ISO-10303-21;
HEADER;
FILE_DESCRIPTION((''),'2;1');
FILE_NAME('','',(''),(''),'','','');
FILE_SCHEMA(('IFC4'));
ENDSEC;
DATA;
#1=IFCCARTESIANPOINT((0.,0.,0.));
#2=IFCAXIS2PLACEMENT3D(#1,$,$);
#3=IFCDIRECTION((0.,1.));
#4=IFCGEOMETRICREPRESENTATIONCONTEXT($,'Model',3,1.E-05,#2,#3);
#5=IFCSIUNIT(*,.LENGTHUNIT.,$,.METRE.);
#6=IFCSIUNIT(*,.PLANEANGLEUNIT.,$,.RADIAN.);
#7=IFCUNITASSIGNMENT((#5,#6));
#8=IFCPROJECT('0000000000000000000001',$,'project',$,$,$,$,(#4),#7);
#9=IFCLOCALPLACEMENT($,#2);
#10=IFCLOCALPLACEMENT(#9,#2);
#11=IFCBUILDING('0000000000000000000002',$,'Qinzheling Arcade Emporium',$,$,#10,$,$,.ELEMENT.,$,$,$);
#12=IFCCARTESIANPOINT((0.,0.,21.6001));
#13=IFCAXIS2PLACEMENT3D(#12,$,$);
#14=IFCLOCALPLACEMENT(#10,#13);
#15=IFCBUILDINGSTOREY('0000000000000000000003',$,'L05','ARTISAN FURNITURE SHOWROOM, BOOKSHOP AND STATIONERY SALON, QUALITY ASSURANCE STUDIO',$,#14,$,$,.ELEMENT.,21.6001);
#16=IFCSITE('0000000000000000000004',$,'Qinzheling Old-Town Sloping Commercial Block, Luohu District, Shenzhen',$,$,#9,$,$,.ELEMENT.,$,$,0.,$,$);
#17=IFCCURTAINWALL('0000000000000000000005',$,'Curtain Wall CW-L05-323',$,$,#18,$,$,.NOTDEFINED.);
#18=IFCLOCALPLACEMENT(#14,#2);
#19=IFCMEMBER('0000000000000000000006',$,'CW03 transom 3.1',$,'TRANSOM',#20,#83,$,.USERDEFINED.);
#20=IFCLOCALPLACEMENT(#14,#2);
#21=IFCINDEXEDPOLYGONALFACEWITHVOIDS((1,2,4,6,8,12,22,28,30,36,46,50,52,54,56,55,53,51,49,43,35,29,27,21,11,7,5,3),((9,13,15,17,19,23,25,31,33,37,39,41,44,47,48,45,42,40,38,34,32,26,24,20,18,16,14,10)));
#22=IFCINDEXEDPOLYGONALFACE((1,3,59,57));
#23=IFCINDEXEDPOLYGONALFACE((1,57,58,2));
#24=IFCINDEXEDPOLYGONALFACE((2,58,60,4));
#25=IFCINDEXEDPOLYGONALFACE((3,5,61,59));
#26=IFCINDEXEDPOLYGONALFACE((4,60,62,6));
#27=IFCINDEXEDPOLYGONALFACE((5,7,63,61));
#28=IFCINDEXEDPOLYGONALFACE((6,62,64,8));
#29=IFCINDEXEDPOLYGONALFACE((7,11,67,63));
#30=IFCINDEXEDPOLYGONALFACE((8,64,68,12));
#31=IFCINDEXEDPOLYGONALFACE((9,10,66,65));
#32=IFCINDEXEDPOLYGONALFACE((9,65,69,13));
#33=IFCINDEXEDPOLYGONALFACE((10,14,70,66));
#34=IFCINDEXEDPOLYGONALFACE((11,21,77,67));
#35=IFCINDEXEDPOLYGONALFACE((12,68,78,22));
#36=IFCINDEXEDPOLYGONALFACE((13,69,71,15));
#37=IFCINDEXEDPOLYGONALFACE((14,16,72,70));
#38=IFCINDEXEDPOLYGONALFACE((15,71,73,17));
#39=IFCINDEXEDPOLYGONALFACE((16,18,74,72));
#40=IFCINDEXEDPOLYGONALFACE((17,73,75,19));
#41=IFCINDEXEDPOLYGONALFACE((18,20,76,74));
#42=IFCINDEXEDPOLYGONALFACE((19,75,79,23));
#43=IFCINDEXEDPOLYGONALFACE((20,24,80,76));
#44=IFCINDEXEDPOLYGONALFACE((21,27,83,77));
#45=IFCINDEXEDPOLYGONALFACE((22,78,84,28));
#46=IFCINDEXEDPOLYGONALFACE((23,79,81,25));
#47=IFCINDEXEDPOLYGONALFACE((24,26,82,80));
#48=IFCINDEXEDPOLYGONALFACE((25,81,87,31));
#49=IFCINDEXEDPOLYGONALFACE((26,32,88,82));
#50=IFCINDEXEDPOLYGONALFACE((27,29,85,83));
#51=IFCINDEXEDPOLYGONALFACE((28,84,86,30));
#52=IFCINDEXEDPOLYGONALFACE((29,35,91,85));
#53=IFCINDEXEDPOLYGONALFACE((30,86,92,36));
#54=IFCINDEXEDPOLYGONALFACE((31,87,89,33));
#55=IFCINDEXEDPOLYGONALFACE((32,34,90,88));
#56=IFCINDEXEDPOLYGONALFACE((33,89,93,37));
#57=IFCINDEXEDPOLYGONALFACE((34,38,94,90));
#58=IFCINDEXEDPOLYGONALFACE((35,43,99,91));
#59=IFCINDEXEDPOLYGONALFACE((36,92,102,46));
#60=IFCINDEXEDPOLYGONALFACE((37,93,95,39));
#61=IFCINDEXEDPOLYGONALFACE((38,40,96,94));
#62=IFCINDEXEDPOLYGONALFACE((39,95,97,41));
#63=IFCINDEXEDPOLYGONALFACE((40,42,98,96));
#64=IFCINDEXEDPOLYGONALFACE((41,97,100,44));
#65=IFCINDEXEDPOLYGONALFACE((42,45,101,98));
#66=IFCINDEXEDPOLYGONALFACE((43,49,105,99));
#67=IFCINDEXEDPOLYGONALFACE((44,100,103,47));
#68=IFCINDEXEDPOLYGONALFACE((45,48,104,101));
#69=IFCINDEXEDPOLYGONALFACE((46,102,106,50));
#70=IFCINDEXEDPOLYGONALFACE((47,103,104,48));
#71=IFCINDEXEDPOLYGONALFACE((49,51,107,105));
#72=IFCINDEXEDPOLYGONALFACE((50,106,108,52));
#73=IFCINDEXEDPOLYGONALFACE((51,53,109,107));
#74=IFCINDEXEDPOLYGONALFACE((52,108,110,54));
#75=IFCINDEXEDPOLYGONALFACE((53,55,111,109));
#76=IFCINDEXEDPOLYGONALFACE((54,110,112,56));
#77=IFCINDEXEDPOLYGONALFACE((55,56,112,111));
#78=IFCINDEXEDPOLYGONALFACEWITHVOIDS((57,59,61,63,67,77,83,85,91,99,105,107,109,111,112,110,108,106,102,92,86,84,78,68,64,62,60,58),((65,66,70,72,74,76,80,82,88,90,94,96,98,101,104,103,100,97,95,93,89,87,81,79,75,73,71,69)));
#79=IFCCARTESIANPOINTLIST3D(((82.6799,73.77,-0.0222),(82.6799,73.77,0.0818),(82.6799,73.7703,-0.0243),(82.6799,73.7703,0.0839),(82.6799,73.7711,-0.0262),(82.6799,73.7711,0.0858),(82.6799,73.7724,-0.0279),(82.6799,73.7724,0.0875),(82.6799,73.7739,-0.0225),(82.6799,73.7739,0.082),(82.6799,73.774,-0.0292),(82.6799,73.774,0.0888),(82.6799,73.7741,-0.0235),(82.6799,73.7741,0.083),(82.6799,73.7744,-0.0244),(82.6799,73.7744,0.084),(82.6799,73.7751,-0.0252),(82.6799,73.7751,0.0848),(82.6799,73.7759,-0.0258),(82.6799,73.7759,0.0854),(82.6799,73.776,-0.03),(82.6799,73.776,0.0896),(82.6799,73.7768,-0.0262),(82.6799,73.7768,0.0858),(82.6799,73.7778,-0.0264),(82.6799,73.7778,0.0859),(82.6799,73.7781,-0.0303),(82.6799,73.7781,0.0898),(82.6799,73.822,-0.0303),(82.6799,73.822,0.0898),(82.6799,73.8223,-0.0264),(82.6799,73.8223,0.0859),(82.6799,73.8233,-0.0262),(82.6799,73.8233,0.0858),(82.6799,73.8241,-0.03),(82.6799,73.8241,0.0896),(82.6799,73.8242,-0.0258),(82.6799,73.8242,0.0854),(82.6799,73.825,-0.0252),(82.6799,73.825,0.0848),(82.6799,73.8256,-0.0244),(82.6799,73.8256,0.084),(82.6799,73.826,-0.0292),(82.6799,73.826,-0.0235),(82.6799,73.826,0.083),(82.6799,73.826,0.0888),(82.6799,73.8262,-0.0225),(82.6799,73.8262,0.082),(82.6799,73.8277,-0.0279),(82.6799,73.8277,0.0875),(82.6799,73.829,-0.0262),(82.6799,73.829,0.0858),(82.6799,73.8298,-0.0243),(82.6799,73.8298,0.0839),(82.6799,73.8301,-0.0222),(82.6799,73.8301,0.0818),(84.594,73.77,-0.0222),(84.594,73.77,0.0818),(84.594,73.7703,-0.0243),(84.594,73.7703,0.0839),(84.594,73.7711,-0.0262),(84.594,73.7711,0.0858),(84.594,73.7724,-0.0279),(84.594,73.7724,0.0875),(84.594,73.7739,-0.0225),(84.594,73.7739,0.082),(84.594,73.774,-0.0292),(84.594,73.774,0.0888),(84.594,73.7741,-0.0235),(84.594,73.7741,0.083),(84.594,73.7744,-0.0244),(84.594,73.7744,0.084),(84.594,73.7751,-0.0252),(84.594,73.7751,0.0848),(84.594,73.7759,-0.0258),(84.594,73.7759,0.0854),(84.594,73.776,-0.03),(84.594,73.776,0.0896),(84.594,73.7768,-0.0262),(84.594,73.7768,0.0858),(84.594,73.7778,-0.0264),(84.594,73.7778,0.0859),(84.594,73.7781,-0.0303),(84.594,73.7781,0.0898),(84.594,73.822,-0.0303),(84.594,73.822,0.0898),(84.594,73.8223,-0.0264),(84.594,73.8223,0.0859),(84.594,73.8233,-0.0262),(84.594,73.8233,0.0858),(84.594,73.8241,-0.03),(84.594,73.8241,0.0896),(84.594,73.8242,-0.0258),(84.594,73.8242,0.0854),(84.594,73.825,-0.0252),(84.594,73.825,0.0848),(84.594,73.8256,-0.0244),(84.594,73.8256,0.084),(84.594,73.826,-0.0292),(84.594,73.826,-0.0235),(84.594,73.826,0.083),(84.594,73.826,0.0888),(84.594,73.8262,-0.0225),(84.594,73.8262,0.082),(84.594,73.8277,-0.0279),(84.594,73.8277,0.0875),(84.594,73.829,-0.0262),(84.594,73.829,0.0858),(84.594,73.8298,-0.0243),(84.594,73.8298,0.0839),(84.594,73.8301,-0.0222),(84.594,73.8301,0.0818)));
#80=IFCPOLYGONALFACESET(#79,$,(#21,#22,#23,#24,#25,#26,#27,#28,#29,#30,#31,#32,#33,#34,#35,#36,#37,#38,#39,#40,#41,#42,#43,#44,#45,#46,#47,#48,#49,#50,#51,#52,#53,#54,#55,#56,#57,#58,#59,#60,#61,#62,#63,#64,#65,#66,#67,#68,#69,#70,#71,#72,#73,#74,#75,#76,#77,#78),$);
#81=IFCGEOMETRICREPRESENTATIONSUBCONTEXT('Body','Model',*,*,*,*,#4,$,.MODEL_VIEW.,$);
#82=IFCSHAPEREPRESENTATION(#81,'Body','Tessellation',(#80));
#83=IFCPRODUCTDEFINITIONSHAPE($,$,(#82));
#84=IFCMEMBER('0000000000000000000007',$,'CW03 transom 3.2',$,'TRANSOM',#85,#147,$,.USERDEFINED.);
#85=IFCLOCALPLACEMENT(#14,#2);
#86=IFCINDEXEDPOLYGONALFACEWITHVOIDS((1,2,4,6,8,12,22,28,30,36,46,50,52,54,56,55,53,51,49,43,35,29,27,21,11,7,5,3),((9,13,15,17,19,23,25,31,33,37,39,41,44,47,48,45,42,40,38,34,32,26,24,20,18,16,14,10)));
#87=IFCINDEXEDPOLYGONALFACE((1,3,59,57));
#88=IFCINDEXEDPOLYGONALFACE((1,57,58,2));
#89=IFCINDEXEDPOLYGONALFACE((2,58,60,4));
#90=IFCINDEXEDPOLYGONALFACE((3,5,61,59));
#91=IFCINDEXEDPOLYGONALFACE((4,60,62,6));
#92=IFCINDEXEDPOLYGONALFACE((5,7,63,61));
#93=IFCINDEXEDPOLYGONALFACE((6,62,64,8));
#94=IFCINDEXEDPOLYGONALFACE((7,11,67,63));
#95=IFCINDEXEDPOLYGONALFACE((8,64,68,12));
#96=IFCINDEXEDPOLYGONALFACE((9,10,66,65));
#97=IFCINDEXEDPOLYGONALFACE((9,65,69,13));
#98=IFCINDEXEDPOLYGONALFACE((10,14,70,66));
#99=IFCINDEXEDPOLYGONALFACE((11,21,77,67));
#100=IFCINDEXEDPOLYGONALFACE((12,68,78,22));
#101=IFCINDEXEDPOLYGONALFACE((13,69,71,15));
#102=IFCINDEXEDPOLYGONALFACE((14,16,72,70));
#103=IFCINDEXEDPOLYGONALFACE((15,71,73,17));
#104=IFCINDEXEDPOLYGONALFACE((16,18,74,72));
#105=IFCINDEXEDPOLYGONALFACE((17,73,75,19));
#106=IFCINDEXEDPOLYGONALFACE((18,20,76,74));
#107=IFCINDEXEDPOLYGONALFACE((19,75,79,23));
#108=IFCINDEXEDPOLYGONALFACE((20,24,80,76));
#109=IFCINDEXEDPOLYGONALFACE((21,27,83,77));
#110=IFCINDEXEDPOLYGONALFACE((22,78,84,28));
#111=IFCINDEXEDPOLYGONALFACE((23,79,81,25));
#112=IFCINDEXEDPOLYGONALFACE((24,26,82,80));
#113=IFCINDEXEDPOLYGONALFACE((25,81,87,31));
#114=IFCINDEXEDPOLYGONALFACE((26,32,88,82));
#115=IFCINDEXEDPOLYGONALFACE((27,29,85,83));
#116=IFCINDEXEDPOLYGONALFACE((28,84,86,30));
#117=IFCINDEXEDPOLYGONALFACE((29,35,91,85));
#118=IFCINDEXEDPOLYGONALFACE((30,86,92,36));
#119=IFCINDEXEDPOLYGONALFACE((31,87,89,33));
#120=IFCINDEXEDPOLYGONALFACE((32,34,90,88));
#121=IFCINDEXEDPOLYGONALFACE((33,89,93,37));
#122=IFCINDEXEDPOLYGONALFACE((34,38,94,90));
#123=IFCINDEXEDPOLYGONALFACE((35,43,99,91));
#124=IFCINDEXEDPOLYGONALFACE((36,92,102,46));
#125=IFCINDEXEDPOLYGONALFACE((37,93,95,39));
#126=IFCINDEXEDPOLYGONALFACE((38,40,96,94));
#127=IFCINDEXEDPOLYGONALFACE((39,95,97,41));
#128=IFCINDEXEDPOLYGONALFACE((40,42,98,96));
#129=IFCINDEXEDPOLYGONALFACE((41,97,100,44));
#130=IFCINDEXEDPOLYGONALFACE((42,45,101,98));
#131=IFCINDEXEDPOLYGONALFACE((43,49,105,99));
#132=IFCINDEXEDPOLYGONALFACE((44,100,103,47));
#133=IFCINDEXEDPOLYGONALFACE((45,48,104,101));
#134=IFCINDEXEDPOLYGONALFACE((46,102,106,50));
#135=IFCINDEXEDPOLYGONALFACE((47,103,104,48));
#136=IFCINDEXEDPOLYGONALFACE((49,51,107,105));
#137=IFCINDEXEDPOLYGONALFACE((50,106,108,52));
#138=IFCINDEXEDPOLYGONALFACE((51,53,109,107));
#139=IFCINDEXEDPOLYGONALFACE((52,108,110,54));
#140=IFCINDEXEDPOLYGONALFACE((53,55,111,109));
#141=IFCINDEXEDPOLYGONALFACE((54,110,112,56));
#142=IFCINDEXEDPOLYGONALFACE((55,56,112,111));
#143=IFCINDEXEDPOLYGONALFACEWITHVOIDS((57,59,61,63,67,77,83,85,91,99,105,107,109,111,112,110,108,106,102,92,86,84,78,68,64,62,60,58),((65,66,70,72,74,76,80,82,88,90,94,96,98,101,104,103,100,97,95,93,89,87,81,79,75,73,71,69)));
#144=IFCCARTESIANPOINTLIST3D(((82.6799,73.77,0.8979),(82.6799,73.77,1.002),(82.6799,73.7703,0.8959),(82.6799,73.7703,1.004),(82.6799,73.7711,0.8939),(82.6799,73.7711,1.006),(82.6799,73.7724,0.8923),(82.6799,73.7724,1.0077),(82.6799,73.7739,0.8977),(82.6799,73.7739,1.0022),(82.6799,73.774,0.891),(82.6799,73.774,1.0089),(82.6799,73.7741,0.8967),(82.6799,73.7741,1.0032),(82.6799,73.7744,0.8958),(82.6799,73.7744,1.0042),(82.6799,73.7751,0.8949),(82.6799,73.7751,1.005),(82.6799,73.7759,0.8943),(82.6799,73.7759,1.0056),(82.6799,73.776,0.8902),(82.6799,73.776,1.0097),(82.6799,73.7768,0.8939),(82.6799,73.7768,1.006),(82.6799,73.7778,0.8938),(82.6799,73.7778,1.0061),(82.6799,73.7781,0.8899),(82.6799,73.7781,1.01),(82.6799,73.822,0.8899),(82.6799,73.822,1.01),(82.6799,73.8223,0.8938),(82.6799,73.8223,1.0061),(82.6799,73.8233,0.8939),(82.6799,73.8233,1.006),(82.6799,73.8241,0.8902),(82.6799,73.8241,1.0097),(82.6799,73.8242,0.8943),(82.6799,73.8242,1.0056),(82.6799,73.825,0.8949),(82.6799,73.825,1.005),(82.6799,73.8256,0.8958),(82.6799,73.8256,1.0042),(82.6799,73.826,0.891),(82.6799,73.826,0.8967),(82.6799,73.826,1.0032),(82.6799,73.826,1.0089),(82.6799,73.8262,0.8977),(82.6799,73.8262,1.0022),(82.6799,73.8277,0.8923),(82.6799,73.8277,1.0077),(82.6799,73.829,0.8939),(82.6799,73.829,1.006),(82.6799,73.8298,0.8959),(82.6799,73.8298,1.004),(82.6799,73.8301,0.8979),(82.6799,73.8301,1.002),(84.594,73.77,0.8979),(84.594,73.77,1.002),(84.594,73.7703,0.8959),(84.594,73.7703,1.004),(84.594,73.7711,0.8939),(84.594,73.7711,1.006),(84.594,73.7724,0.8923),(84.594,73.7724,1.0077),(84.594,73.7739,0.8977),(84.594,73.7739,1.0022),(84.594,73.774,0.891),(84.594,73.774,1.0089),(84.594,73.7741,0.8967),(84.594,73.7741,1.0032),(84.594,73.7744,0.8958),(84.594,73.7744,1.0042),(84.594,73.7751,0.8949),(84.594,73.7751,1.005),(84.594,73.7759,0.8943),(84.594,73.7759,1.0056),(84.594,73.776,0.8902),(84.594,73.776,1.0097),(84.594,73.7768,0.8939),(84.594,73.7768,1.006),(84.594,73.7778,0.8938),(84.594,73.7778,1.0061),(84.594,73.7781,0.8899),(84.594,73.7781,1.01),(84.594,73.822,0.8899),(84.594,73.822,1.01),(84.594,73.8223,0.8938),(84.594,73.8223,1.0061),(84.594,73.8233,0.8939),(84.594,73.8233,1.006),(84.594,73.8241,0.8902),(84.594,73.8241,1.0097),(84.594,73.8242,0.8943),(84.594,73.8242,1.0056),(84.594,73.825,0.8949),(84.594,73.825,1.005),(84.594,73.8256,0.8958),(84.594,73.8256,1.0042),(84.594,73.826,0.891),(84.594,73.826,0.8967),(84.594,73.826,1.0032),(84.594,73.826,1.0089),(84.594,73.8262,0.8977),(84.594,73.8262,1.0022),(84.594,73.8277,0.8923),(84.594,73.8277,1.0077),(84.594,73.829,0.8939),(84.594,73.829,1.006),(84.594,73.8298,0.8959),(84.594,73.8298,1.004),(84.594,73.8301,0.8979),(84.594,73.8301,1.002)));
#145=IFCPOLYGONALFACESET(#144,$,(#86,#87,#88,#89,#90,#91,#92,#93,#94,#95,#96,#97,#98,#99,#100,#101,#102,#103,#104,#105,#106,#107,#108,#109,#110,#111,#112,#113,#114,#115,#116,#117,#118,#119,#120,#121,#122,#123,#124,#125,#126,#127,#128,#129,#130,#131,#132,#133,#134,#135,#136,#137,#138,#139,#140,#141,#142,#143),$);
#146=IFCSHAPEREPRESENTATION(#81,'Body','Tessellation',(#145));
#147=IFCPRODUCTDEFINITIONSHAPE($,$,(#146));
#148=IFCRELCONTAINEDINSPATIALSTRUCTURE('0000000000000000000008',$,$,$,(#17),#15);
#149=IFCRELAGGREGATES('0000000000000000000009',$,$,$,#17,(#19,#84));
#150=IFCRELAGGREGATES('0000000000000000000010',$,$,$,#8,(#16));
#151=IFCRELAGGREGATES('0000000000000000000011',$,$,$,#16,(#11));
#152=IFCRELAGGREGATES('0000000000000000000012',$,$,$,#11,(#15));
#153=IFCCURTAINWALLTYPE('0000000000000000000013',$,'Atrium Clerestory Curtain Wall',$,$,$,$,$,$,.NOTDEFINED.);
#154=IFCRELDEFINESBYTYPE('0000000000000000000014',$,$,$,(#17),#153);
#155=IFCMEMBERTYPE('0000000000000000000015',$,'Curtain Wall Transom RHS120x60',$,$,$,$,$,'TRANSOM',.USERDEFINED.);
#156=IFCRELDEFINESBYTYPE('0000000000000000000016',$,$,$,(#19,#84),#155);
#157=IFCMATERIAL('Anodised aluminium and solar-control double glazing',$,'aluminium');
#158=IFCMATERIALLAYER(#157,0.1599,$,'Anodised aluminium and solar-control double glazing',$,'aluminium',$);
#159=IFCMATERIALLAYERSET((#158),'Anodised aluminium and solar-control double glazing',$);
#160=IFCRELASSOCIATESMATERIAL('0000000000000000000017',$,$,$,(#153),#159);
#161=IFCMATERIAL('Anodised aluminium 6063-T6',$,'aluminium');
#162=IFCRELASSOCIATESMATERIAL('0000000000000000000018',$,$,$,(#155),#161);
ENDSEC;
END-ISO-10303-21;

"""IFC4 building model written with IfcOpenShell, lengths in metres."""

from ifc_helpers import new_model, si_unit, direction, frame, origin, origin_2d, place, context, subcontext, project, spatial, hollow_rectangle, extrude, material, layer, layer_set, material_profile, profile_set, type_object, element, aggregate, save


model = new_model("IFC4")

# Units and contexts
model_context = context("Model", 3, precision=1e-05, world=origin(), true_north=direction((0.0, 1.0)))
body_context = subcontext(model_context, "Body", "Model", "MODEL_VIEW")
ifc_project = project(units=[si_unit("LENGTHUNIT", "METRE"), si_unit("PLANEANGLEUNIT", "RADIAN")], contexts=[model_context])

# Site, building, storey
site_placement = place(None, origin())
site = spatial("IfcSite", under=ifc_project, at=site_placement, Name="Qinzheling Old-Town Sloping Commercial Block, Luohu District, Shenzhen", CompositionType="ELEMENT", RefElevation=0.0)
building_placement = place(site_placement, origin())
building = spatial("IfcBuilding", under=site, at=building_placement, Name="Qinzheling Arcade Emporium", CompositionType="ELEMENT")
storey_placement = place(building_placement, frame((0.0, 0.0, 21.6001)))
storey = spatial("IfcBuildingStorey", under=building, at=storey_placement, Name="L05", Description="ARTISAN FURNITURE SHOWROOM, BOOKSHOP AND STATIONERY SALON, QUALITY ASSURANCE STUDIO", CompositionType="ELEMENT", Elevation=21.6001)

# Curtain wall
ifc_material_1 = material(Name="Anodised aluminium and solar-control double glazing", Category="aluminium")
ifc_layer_1 = layer(ifc_material_1, 0.1599, Name="Anodised aluminium and solar-control double glazing", Category="aluminium")
ifc_layer_set_1 = layer_set([ifc_layer_1], Name="Anodised aluminium and solar-control double glazing")
curtain_wall_type = type_object("IfcCurtainWallType", Name="Atrium Clerestory Curtain Wall", PredefinedType="NOTDEFINED", material=ifc_layer_set_1)
curtain_wall_1_placement = place(storey_placement, origin())
curtain_wall_1 = element("IfcCurtainWall", 1, at=curtain_wall_1_placement, inside=storey, type_object=curtain_wall_type, Name="Curtain Wall CW-L05-323", PredefinedType="NOTDEFINED")
ifc_material_2 = material(Name="Anodised aluminium 6063-T6", Category="aluminium")

# Members
ifc_material_profile_1 = material_profile(ifc_material_2, hollow_rectangle(XDim=0.0601, YDim=0.1201, WallThickness=0.0039, InnerFilletRadius=0.0039, OuterFilletRadius=0.0081, at=origin_2d()), Name="RHS 120x60x4", Category="aluminium")
ifc_profile_set_1 = profile_set([ifc_material_profile_1], Name="Anodised aluminium 6063-T6")
member_type_1 = type_object("IfcMemberType", Name="Curtain Wall Transom RHS120x60", ElementType="TRANSOM", PredefinedType="USERDEFINED", material=ifc_profile_set_1)
member_1_placement = place(storey_placement, frame((82.6799, 73.8, 0.0298), z_axis=(1.0, 0.0, 0.0), x_axis=(0.0, 1.0, 0.0)))
member_1 = element("IfcMember", 2, at=member_1_placement, type_object=member_type_1, Name="CW03 transom 3.1", ObjectType="TRANSOM", PredefinedType="USERDEFINED", context=body_context, shape_type="SweptSolid", body=[
    extrude(hollow_rectangle(XDim=0.0601, YDim=0.1201, WallThickness=0.0039, InnerFilletRadius=0.0039, OuterFilletRadius=0.0081, at=origin_2d()), origin(), (0.0, 0.0, 1.0), 1.9141),
])
member_2_placement = place(storey_placement, frame((82.6799, 73.8, 0.95), z_axis=(1.0, 0.0, 0.0), x_axis=(0.0, 1.0, 0.0)))
member_2 = element("IfcMember", 3, at=member_2_placement, type_object=member_type_1, Name="CW03 transom 3.2", ObjectType="TRANSOM", PredefinedType="USERDEFINED", context=body_context, shape_type="SweptSolid", body=[
    extrude(hollow_rectangle(XDim=0.0601, YDim=0.1201, WallThickness=0.0039, InnerFilletRadius=0.0039, OuterFilletRadius=0.0081, at=origin_2d()), origin(), (0.0, 0.0, 1.0), 1.9141),
])

aggregate(curtain_wall_1, [member_1, member_2])

save(model, "model.ifc")
